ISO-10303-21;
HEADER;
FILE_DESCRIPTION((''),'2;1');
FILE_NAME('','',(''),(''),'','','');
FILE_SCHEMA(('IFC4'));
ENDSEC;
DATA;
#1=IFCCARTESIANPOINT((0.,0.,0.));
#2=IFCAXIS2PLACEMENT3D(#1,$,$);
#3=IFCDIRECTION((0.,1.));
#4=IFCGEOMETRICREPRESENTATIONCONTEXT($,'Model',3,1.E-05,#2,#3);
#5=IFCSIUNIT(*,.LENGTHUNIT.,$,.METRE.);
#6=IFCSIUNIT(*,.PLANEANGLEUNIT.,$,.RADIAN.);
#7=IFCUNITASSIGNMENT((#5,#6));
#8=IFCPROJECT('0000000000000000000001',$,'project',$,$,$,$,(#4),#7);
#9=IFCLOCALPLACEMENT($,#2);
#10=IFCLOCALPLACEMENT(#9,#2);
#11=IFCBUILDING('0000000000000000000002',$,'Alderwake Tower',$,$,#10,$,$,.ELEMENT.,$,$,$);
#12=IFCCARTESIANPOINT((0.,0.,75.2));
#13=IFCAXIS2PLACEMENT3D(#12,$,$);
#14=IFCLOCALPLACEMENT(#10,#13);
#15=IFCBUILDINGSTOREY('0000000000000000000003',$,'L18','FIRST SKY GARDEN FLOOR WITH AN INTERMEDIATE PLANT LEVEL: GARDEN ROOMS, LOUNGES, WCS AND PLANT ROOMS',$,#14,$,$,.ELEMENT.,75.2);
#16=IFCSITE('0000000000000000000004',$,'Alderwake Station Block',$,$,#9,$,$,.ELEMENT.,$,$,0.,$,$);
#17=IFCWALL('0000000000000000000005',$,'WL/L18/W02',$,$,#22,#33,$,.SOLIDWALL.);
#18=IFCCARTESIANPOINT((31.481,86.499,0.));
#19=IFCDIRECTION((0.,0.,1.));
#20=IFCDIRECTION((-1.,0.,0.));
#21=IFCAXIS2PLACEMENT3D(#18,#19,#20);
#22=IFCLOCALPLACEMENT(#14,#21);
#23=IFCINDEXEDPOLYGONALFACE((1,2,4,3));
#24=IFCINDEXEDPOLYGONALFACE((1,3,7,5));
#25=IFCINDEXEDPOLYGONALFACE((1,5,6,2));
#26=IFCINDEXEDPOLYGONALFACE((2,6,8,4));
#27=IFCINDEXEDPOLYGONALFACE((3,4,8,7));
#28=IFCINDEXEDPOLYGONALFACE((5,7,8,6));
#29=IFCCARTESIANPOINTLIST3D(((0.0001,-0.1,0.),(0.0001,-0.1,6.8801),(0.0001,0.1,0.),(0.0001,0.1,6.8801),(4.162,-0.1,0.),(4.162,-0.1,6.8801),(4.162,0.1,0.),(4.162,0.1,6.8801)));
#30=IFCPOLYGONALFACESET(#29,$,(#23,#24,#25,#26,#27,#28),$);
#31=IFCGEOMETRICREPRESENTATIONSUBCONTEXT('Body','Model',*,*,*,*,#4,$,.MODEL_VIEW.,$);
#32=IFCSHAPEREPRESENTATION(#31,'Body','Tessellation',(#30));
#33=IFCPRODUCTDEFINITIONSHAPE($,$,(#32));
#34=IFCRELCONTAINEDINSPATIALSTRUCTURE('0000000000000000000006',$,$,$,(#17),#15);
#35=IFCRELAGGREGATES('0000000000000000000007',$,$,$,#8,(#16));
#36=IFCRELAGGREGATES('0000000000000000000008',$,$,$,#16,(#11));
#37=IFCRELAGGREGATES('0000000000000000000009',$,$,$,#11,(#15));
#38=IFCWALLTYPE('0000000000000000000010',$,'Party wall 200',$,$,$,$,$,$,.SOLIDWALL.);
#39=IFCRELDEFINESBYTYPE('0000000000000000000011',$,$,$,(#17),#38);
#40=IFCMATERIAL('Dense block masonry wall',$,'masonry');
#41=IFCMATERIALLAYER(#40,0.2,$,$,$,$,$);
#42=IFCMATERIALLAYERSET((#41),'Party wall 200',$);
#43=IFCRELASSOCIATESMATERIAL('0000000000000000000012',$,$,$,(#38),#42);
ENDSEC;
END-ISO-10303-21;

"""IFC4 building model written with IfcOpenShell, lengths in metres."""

from ifc_helpers import new_model, si_unit, direction, frame, frame_2d, origin, place, context, subcontext, project, spatial, rectangle, extrude, material, layer, layer_set, type_object, element, save


model = new_model("IFC4")

# Units and contexts
model_context = context("Model", 3, precision=1e-05, world=origin(), true_north=direction((0.0, 1.0)))
body_context = subcontext(model_context, "Body", "Model", "MODEL_VIEW")
ifc_project = project(units=[si_unit("LENGTHUNIT", "METRE"), si_unit("PLANEANGLEUNIT", "RADIAN")], contexts=[model_context])

# Site, building, storey
site_placement = place(None, origin())
site = spatial("IfcSite", under=ifc_project, at=site_placement, Name="Alderwake Station Block", CompositionType="ELEMENT", RefElevation=0.0)
building_placement = place(site_placement, origin())
building = spatial("IfcBuilding", under=site, at=building_placement, Name="Alderwake Tower", CompositionType="ELEMENT")
storey_placement = place(building_placement, frame((0.0, 0.0, 75.2)))
storey = spatial("IfcBuildingStorey", under=building, at=storey_placement, Name="L18", Description="FIRST SKY GARDEN FLOOR WITH AN INTERMEDIATE PLANT LEVEL: GARDEN ROOMS, LOUNGES, WCS AND PLANT ROOMS", CompositionType="ELEMENT", Elevation=75.2)

# Wall
ifc_material_1 = material(Name="Dense block masonry wall", Category="masonry")
ifc_layer_1 = layer(ifc_material_1, 0.2)
ifc_layer_set_1 = layer_set([ifc_layer_1], Name="Party wall 200")
wall_type_1 = type_object("IfcWallType", Name="Party wall 200", PredefinedType="SOLIDWALL", material=ifc_layer_set_1)
wall_1_placement = place(storey_placement, frame((31.481, 86.499, 0.0), z_axis=(0.0, 0.0, 1.0), x_axis=(-1.0, 0.0, 0.0)))
element("IfcWall", 1, at=wall_1_placement, inside=storey, type_object=wall_type_1, Name="WL/L18/W02", PredefinedType="SOLIDWALL", context=body_context, shape_type="SweptSolid", body=[
    extrude(rectangle(XDim=4.1619, YDim=0.2, at=frame_2d((2.0811, 0.0))), origin(), (0.0, 0.0, 1.0), 6.8801),
])

save(model, "model.ifc")
